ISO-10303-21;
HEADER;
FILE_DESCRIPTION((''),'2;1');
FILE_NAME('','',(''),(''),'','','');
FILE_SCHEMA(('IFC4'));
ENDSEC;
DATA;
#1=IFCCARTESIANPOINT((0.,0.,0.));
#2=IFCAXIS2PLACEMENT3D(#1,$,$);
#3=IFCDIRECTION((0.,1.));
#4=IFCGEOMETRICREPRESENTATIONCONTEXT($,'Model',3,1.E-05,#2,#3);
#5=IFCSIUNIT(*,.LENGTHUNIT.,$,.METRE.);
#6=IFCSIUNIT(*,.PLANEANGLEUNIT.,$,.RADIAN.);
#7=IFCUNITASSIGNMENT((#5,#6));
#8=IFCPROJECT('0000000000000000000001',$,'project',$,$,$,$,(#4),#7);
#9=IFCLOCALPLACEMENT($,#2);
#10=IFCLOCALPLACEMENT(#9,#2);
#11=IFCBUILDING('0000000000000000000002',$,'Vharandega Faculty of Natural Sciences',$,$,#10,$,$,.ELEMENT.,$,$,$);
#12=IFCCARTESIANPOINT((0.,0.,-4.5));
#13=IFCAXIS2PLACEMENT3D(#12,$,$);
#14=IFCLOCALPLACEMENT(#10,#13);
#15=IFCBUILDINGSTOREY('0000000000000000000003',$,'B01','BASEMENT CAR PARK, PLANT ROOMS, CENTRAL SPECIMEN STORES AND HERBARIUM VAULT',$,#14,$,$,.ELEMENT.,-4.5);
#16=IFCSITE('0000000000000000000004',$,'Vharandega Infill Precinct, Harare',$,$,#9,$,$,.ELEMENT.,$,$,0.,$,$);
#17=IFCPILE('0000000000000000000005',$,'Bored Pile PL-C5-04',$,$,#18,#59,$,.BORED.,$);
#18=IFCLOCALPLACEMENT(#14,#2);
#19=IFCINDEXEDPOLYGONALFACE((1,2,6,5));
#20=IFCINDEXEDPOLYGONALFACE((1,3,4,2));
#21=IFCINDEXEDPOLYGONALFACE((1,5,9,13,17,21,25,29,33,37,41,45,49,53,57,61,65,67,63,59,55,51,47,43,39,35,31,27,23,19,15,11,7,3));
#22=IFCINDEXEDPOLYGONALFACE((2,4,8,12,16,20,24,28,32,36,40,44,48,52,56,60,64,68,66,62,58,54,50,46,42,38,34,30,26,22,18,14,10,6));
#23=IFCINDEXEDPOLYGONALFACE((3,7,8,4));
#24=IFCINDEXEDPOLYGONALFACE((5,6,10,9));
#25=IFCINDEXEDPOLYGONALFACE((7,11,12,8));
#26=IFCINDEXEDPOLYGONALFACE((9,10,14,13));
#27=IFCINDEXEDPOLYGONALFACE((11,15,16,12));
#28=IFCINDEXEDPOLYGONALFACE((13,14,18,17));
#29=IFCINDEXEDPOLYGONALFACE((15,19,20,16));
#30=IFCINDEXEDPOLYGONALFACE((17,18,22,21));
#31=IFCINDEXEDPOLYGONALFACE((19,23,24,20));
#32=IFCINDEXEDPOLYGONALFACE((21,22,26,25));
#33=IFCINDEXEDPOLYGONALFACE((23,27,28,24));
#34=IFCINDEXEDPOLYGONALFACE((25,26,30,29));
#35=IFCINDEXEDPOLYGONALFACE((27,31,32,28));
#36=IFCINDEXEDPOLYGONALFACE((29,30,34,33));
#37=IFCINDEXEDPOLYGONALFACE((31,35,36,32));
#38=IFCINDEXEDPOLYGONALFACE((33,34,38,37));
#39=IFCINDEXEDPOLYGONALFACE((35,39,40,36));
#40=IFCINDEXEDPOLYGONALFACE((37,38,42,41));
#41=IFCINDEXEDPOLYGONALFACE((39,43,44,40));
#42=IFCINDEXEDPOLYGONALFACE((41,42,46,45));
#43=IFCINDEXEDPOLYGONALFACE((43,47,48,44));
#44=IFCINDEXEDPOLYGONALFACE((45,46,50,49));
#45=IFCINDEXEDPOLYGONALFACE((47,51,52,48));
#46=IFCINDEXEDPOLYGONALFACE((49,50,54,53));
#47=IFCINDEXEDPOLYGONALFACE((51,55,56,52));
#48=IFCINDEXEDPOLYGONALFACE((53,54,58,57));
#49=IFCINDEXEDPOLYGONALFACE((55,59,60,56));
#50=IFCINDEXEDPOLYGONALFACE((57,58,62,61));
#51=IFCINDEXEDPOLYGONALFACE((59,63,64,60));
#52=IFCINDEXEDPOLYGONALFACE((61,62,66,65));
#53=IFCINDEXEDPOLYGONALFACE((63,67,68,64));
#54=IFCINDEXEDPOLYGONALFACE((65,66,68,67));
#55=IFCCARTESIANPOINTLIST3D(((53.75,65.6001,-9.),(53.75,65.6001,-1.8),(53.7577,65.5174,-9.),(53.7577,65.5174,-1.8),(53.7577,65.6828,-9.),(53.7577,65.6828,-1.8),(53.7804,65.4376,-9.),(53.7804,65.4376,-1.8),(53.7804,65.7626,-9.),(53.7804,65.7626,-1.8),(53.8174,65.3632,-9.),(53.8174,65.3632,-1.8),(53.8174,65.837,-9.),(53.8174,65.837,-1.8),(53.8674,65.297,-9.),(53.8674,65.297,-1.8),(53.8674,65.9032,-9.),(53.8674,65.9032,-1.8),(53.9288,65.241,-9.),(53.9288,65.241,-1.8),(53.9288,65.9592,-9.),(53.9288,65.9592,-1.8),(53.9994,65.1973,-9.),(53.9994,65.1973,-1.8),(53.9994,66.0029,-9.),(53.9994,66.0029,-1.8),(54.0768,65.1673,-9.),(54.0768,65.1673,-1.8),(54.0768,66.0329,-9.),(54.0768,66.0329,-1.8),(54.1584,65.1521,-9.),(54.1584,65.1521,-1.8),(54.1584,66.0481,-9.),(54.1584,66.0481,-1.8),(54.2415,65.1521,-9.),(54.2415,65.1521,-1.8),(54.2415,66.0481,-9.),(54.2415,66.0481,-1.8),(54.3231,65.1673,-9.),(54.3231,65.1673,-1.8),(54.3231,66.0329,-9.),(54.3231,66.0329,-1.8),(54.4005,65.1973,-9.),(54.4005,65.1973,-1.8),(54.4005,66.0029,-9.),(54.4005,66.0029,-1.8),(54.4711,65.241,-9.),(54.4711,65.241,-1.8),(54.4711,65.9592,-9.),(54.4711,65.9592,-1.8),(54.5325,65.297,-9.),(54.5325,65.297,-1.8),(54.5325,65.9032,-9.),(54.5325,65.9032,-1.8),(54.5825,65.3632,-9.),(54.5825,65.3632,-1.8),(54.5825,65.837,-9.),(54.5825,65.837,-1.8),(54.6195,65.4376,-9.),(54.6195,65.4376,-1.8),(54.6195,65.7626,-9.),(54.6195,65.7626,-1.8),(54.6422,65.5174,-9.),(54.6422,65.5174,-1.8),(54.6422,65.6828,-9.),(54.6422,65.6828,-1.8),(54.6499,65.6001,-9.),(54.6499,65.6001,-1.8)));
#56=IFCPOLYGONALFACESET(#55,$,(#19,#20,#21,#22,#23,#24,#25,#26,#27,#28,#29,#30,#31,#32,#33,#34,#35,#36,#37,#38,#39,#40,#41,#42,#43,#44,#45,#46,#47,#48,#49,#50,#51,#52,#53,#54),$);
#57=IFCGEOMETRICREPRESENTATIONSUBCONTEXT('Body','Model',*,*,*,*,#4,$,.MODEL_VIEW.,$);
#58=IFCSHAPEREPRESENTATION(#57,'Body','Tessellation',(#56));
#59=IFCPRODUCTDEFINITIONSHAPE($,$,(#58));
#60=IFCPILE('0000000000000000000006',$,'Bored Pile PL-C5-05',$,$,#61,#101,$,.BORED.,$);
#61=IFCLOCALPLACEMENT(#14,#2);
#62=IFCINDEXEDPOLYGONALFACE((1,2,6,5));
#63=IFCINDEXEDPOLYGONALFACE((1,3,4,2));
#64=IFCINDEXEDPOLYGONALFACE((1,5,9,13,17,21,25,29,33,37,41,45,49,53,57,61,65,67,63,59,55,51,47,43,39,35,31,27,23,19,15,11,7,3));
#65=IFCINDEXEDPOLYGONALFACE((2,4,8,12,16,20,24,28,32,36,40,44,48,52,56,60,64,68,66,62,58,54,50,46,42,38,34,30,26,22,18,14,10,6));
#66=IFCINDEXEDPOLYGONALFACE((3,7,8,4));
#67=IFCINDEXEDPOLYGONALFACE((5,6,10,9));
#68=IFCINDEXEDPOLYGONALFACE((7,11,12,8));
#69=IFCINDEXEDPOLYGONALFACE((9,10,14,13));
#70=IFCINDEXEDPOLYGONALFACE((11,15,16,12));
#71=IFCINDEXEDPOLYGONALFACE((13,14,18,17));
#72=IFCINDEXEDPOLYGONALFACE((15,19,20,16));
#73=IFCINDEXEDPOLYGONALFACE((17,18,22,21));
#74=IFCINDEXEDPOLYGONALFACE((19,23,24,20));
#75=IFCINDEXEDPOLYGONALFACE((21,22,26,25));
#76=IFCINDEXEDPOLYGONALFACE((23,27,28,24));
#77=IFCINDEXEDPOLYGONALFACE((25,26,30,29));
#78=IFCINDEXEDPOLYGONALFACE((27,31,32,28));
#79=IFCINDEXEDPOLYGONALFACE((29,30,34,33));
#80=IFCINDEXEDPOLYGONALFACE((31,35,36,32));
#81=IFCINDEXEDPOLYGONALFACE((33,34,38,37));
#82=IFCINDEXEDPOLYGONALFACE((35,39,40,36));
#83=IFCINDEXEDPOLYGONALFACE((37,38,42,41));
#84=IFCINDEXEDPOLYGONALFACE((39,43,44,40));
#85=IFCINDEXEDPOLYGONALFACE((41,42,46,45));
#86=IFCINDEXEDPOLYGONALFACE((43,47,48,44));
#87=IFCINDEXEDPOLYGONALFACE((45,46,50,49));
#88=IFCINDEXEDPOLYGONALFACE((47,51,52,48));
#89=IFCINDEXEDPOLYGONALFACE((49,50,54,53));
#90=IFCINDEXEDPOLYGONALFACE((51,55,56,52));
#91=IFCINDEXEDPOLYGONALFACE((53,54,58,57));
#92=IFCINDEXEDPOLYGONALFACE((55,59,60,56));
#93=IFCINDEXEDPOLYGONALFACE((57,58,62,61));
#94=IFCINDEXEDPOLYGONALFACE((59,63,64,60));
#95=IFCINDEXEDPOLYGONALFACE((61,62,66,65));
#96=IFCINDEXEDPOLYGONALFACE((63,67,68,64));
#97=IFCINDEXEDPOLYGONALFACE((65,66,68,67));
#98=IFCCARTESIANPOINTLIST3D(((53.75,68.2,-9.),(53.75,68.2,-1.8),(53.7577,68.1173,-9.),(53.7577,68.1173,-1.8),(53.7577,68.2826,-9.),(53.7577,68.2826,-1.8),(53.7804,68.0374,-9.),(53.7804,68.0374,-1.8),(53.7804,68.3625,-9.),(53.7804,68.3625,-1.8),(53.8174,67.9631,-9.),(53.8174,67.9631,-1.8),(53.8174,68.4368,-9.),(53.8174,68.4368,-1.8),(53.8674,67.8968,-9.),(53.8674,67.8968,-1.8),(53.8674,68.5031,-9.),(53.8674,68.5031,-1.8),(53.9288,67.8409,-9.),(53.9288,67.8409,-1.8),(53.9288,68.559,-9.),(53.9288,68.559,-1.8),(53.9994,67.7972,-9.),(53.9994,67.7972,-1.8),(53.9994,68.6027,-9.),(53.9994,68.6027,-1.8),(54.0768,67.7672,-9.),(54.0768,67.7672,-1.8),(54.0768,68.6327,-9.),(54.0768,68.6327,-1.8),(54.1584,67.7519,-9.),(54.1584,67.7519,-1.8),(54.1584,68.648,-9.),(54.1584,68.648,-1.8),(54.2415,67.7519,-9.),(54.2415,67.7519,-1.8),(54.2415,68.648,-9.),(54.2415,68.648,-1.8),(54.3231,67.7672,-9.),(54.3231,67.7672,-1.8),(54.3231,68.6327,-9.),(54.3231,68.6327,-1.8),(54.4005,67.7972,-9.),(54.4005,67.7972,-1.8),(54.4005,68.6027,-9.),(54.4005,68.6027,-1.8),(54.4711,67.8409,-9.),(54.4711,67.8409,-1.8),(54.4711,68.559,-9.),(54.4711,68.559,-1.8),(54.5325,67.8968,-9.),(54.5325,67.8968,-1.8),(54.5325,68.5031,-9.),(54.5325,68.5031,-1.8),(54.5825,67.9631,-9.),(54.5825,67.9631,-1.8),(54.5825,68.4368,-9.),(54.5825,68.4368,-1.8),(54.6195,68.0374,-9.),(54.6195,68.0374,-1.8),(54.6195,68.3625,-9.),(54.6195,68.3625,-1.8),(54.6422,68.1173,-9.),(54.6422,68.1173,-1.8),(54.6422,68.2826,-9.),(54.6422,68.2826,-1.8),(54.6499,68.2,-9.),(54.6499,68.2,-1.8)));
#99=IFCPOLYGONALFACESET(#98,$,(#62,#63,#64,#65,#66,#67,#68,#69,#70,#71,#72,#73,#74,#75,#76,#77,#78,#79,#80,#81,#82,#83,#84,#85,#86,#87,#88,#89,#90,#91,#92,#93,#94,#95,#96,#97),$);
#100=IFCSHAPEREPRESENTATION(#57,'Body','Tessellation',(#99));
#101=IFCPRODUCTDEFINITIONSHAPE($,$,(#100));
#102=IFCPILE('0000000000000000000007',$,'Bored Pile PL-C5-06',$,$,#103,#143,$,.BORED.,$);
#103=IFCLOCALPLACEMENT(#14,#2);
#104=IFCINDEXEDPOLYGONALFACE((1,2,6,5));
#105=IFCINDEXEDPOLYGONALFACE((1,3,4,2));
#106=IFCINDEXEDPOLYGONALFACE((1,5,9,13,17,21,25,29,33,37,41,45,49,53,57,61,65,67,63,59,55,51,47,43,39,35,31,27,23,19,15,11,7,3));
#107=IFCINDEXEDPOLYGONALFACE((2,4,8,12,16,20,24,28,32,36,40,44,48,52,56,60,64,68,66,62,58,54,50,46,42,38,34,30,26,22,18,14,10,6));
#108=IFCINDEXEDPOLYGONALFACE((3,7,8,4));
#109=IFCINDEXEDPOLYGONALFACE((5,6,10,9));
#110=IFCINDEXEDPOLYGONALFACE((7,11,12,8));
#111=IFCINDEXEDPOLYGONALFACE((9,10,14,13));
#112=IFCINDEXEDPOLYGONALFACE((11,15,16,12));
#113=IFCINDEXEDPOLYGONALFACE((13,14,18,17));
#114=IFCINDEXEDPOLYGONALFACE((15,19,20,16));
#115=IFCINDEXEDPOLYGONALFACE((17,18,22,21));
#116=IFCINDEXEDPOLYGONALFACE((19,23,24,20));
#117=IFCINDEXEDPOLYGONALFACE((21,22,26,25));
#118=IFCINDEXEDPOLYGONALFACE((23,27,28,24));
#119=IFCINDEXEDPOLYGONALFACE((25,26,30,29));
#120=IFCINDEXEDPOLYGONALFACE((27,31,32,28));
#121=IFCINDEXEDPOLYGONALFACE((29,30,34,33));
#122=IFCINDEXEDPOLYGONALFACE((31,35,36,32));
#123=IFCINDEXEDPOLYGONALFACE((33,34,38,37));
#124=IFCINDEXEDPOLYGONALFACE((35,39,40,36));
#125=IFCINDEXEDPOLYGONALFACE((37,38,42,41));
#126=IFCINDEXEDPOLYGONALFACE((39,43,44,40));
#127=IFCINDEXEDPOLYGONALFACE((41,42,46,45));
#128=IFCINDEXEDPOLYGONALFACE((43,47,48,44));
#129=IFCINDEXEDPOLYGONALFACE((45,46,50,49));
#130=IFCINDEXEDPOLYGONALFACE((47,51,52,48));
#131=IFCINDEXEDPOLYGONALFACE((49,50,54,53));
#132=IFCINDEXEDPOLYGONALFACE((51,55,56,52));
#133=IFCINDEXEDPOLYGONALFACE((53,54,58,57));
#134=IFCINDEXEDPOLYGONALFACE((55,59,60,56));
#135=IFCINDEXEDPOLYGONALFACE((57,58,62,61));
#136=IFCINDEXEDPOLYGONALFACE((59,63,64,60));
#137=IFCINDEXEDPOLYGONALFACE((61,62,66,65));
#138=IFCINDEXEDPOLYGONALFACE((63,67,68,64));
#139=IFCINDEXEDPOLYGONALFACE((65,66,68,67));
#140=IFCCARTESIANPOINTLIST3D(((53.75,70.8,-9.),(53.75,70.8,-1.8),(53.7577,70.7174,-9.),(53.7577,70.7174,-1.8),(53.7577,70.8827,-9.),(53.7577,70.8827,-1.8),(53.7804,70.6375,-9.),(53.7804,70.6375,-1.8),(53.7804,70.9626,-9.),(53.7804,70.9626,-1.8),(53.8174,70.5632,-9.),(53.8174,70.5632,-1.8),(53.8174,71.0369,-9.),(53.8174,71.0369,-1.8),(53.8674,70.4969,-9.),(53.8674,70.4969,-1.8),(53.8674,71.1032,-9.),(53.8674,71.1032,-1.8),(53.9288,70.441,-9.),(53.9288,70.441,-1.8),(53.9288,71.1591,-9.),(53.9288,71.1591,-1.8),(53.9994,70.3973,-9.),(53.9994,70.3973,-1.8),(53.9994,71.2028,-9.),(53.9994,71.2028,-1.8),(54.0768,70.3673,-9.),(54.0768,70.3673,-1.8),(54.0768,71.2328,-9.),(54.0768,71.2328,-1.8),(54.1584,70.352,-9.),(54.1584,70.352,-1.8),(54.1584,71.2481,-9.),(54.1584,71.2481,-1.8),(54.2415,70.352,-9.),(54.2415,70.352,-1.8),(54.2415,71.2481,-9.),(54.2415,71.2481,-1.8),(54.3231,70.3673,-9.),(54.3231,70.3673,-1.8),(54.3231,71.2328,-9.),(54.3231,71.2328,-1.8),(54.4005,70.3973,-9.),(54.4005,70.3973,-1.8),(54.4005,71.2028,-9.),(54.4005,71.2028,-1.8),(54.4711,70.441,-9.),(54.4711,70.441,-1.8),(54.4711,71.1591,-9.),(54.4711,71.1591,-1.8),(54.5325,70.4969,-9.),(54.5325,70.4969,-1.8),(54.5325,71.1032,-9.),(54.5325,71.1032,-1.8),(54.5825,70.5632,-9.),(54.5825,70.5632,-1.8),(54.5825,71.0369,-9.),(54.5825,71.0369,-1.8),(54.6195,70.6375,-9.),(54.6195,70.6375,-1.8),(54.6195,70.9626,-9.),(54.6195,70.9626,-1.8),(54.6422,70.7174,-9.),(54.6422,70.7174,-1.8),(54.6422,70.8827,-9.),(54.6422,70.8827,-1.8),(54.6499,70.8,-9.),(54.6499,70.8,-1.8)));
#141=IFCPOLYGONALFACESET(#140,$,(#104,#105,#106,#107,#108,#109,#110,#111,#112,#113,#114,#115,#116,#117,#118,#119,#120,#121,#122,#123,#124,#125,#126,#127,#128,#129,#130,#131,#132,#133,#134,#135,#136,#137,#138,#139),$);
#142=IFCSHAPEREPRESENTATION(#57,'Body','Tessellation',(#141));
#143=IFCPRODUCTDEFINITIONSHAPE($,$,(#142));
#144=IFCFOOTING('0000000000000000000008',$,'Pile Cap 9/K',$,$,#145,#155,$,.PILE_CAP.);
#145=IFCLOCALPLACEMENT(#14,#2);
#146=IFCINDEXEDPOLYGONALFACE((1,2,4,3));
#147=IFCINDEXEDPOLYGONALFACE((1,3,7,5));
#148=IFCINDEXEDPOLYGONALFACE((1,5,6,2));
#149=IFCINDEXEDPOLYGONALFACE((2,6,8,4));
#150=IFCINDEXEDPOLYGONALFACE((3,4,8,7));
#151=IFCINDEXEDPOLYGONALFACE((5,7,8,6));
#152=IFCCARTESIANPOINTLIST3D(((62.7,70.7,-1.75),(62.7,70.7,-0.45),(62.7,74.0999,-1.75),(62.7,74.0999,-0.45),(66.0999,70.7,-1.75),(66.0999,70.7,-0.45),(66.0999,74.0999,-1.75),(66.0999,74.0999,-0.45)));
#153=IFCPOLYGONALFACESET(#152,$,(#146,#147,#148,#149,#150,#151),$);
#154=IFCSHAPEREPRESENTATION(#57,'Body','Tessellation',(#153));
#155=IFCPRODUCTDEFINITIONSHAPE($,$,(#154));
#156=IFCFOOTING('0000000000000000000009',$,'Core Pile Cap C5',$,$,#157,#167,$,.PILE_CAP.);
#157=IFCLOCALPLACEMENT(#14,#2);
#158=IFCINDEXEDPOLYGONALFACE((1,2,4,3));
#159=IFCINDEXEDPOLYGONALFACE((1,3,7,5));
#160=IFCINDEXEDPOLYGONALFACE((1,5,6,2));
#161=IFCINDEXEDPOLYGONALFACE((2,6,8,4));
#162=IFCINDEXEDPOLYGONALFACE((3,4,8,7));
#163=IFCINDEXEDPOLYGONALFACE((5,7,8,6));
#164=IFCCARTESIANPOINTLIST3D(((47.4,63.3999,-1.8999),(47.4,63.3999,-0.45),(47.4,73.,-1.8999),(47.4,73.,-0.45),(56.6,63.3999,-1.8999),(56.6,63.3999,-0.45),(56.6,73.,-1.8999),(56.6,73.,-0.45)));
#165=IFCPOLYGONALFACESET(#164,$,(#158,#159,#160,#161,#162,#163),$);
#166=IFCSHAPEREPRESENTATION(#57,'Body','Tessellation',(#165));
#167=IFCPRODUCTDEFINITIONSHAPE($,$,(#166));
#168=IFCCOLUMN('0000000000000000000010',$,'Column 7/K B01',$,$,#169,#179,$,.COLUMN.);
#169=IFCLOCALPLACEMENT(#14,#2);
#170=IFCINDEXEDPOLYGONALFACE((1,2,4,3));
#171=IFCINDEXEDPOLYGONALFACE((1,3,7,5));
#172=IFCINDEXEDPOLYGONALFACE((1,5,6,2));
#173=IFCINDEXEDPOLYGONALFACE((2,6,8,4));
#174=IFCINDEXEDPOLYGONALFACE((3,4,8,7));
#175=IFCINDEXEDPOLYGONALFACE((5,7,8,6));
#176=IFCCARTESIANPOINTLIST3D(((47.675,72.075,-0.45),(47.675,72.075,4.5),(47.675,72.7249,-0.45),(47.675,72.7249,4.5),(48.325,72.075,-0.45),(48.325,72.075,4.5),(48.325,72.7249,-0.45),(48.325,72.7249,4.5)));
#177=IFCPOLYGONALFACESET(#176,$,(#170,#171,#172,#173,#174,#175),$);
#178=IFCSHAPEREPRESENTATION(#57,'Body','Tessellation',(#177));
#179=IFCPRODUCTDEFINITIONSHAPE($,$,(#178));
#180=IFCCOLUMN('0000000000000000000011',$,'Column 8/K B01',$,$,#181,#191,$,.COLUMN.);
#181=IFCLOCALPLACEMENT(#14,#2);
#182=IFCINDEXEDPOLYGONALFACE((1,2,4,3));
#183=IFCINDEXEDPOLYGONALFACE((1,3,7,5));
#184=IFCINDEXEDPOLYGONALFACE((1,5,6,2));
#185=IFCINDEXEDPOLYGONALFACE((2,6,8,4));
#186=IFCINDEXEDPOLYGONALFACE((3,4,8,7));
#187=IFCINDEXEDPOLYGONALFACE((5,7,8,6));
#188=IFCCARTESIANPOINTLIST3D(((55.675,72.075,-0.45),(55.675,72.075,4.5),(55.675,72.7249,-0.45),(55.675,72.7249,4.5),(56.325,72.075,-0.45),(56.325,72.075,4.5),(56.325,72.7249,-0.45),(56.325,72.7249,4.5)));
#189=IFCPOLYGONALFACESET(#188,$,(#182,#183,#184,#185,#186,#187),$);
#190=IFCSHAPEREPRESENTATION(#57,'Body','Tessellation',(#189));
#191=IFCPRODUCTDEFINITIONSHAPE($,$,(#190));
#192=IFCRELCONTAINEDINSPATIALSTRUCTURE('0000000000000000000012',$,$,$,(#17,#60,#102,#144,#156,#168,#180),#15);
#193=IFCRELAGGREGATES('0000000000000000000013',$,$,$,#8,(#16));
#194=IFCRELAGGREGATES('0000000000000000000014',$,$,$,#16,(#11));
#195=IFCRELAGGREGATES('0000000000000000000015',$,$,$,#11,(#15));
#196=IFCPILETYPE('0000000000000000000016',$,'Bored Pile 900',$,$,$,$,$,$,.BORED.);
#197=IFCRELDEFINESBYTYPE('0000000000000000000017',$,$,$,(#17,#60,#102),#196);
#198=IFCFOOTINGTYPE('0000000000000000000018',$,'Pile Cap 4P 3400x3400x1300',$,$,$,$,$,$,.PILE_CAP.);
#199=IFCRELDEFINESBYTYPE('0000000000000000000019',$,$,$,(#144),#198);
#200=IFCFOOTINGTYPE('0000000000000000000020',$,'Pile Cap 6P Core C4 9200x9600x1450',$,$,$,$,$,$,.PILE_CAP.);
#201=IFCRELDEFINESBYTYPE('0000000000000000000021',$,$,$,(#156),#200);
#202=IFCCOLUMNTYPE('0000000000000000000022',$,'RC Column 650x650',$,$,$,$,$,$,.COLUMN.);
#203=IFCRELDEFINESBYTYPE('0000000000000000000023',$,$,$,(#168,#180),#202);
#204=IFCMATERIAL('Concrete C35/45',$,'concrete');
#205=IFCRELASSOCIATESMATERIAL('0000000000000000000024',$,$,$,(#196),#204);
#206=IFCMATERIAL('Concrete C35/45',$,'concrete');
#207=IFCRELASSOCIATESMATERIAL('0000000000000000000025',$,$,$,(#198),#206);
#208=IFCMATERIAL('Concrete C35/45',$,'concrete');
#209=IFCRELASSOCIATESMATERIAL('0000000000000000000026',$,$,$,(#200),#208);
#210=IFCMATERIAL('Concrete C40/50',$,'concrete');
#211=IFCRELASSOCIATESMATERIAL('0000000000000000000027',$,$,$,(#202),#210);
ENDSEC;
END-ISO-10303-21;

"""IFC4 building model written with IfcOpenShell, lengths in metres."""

from ifc_helpers import new_model, si_unit, direction, frame, origin, origin_2d, place, context, subcontext, project, spatial, rectangle, circle, extrude, material, material_profile, profile_set, type_object, element, save


model = new_model("IFC4")

# Units and contexts
model_context = context("Model", 3, precision=1e-05, world=origin(), true_north=direction((0.0, 1.0)))
body_context = subcontext(model_context, "Body", "Model", "MODEL_VIEW")
ifc_project = project(units=[si_unit("LENGTHUNIT", "METRE"), si_unit("PLANEANGLEUNIT", "RADIAN")], contexts=[model_context])

# Site, building, storey
site_placement = place(None, origin())
site = spatial("IfcSite", under=ifc_project, at=site_placement, Name="Vharandega Infill Precinct, Harare", CompositionType="ELEMENT", RefElevation=0.0)
building_placement = place(site_placement, origin())
building = spatial("IfcBuilding", under=site, at=building_placement, Name="Vharandega Faculty of Natural Sciences", CompositionType="ELEMENT")
storey_placement = place(building_placement, frame((0.0, 0.0, -4.5)))
storey = spatial("IfcBuildingStorey", under=building, at=storey_placement, Name="B01", Description="BASEMENT CAR PARK, PLANT ROOMS, CENTRAL SPECIMEN STORES AND HERBARIUM VAULT", CompositionType="ELEMENT", Elevation=-4.5)

# Piles
ifc_material_1 = material(Name="Concrete C35/45", Category="concrete")
ifc_material_profile_1 = material_profile(ifc_material_1, circle(Radius=0.45, at=origin_2d()), Name="PILE 900")
ifc_profile_set_1 = profile_set([ifc_material_profile_1], Name="Concrete C35/45")
pile_type_1 = type_object("IfcPileType", Name="Bored Pile 900", PredefinedType="BORED", material=ifc_profile_set_1)
for number, where, z_axis, x_axis, name in (
    (1, (54.2, 65.6001, -1.8), (0.0, 0.0, -1.0), (1.0, 0.0, 0.0), "Bored Pile PL-C5-04"),
    (2, (54.2, 68.2, -1.8), (0.0, 0.0, -1.0), (1.0, 0.0, 0.0), "Bored Pile PL-C5-05"),
    (3, (54.2, 70.8, -1.8), (0.0, 0.0, -1.0), (1.0, 0.0, 0.0), "Bored Pile PL-C5-06"),
):
    element("IfcPile", number, at=place(storey_placement, frame(where, z_axis=z_axis, x_axis=x_axis)), inside=storey, type_object=pile_type_1, Name=name, PredefinedType="BORED", context=body_context, shape_type="SweptSolid", body=[
        extrude(circle(Radius=0.45, at=origin_2d()), origin(), (0.0, 0.0, 1.0), 7.2),
    ])

# Footings
ifc_material_2 = material(Name="Concrete C35/45", Category="concrete")
footing_type_1 = type_object("IfcFootingType", Name="Pile Cap 4P 3400x3400x1300", PredefinedType="PILE_CAP", material=ifc_material_2)
footing_1_placement = place(storey_placement, frame((64.3999, 72.3999, -1.75), z_axis=(0.0, 0.0, 1.0), x_axis=(1.0, 0.0, 0.0)))
element("IfcFooting", 4, at=footing_1_placement, inside=storey, type_object=footing_type_1, Name="Pile Cap 9/K", PredefinedType="PILE_CAP", context=body_context, shape_type="SweptSolid", body=[
    extrude(rectangle(XDim=3.3999, YDim=3.3999, at=origin_2d()), origin(), (0.0, 0.0, 1.0), 1.3),
])
ifc_material_3 = material(Name="Concrete C35/45", Category="concrete")
footing_type_2 = type_object("IfcFootingType", Name="Pile Cap 6P Core C4 9200x9600x1450", PredefinedType="PILE_CAP", material=ifc_material_3)
footing_2_placement = place(storey_placement, frame((52.0, 68.2, -1.8999), z_axis=(0.0, 0.0, 1.0), x_axis=(1.0, 0.0, 0.0)))
element("IfcFooting", 5, at=footing_2_placement, inside=storey, type_object=footing_type_2, Name="Core Pile Cap C5", PredefinedType="PILE_CAP", context=body_context, shape_type="SweptSolid", body=[
    extrude(rectangle(XDim=9.2, YDim=9.6001, at=origin_2d()), origin(), (0.0, 0.0, 1.0), 1.45),
])

# Columns
ifc_material_4 = material(Name="Concrete C40/50", Category="concrete")
ifc_material_profile_2 = material_profile(ifc_material_4, rectangle(XDim=0.6499, YDim=0.6499, at=origin_2d()), Name="RC 650x650")
ifc_profile_set_2 = profile_set([ifc_material_profile_2], Name="Concrete C40/50")
column_type = type_object("IfcColumnType", Name="RC Column 650x650", PredefinedType="COLUMN", material=ifc_profile_set_2)
for number, where, z_axis, x_axis, name in (
    (6, (48.0, 72.3999, -0.45), (0.0, 0.0, 1.0), (1.0, 0.0, 0.0), "Column 7/K B01"),
    (7, (56.0, 72.3999, -0.45), (0.0, 0.0, 1.0), (1.0, 0.0, 0.0), "Column 8/K B01"),
):
    element("IfcColumn", number, at=place(storey_placement, frame(where, z_axis=z_axis, x_axis=x_axis)), inside=storey, type_object=column_type, Name=name, PredefinedType="COLUMN", context=body_context, shape_type="SweptSolid", body=[
        extrude(rectangle(XDim=0.6499, YDim=0.6499, at=origin_2d()), origin(), (0.0, 0.0, 1.0), 4.95),
    ])

save(model, "model.ifc")
